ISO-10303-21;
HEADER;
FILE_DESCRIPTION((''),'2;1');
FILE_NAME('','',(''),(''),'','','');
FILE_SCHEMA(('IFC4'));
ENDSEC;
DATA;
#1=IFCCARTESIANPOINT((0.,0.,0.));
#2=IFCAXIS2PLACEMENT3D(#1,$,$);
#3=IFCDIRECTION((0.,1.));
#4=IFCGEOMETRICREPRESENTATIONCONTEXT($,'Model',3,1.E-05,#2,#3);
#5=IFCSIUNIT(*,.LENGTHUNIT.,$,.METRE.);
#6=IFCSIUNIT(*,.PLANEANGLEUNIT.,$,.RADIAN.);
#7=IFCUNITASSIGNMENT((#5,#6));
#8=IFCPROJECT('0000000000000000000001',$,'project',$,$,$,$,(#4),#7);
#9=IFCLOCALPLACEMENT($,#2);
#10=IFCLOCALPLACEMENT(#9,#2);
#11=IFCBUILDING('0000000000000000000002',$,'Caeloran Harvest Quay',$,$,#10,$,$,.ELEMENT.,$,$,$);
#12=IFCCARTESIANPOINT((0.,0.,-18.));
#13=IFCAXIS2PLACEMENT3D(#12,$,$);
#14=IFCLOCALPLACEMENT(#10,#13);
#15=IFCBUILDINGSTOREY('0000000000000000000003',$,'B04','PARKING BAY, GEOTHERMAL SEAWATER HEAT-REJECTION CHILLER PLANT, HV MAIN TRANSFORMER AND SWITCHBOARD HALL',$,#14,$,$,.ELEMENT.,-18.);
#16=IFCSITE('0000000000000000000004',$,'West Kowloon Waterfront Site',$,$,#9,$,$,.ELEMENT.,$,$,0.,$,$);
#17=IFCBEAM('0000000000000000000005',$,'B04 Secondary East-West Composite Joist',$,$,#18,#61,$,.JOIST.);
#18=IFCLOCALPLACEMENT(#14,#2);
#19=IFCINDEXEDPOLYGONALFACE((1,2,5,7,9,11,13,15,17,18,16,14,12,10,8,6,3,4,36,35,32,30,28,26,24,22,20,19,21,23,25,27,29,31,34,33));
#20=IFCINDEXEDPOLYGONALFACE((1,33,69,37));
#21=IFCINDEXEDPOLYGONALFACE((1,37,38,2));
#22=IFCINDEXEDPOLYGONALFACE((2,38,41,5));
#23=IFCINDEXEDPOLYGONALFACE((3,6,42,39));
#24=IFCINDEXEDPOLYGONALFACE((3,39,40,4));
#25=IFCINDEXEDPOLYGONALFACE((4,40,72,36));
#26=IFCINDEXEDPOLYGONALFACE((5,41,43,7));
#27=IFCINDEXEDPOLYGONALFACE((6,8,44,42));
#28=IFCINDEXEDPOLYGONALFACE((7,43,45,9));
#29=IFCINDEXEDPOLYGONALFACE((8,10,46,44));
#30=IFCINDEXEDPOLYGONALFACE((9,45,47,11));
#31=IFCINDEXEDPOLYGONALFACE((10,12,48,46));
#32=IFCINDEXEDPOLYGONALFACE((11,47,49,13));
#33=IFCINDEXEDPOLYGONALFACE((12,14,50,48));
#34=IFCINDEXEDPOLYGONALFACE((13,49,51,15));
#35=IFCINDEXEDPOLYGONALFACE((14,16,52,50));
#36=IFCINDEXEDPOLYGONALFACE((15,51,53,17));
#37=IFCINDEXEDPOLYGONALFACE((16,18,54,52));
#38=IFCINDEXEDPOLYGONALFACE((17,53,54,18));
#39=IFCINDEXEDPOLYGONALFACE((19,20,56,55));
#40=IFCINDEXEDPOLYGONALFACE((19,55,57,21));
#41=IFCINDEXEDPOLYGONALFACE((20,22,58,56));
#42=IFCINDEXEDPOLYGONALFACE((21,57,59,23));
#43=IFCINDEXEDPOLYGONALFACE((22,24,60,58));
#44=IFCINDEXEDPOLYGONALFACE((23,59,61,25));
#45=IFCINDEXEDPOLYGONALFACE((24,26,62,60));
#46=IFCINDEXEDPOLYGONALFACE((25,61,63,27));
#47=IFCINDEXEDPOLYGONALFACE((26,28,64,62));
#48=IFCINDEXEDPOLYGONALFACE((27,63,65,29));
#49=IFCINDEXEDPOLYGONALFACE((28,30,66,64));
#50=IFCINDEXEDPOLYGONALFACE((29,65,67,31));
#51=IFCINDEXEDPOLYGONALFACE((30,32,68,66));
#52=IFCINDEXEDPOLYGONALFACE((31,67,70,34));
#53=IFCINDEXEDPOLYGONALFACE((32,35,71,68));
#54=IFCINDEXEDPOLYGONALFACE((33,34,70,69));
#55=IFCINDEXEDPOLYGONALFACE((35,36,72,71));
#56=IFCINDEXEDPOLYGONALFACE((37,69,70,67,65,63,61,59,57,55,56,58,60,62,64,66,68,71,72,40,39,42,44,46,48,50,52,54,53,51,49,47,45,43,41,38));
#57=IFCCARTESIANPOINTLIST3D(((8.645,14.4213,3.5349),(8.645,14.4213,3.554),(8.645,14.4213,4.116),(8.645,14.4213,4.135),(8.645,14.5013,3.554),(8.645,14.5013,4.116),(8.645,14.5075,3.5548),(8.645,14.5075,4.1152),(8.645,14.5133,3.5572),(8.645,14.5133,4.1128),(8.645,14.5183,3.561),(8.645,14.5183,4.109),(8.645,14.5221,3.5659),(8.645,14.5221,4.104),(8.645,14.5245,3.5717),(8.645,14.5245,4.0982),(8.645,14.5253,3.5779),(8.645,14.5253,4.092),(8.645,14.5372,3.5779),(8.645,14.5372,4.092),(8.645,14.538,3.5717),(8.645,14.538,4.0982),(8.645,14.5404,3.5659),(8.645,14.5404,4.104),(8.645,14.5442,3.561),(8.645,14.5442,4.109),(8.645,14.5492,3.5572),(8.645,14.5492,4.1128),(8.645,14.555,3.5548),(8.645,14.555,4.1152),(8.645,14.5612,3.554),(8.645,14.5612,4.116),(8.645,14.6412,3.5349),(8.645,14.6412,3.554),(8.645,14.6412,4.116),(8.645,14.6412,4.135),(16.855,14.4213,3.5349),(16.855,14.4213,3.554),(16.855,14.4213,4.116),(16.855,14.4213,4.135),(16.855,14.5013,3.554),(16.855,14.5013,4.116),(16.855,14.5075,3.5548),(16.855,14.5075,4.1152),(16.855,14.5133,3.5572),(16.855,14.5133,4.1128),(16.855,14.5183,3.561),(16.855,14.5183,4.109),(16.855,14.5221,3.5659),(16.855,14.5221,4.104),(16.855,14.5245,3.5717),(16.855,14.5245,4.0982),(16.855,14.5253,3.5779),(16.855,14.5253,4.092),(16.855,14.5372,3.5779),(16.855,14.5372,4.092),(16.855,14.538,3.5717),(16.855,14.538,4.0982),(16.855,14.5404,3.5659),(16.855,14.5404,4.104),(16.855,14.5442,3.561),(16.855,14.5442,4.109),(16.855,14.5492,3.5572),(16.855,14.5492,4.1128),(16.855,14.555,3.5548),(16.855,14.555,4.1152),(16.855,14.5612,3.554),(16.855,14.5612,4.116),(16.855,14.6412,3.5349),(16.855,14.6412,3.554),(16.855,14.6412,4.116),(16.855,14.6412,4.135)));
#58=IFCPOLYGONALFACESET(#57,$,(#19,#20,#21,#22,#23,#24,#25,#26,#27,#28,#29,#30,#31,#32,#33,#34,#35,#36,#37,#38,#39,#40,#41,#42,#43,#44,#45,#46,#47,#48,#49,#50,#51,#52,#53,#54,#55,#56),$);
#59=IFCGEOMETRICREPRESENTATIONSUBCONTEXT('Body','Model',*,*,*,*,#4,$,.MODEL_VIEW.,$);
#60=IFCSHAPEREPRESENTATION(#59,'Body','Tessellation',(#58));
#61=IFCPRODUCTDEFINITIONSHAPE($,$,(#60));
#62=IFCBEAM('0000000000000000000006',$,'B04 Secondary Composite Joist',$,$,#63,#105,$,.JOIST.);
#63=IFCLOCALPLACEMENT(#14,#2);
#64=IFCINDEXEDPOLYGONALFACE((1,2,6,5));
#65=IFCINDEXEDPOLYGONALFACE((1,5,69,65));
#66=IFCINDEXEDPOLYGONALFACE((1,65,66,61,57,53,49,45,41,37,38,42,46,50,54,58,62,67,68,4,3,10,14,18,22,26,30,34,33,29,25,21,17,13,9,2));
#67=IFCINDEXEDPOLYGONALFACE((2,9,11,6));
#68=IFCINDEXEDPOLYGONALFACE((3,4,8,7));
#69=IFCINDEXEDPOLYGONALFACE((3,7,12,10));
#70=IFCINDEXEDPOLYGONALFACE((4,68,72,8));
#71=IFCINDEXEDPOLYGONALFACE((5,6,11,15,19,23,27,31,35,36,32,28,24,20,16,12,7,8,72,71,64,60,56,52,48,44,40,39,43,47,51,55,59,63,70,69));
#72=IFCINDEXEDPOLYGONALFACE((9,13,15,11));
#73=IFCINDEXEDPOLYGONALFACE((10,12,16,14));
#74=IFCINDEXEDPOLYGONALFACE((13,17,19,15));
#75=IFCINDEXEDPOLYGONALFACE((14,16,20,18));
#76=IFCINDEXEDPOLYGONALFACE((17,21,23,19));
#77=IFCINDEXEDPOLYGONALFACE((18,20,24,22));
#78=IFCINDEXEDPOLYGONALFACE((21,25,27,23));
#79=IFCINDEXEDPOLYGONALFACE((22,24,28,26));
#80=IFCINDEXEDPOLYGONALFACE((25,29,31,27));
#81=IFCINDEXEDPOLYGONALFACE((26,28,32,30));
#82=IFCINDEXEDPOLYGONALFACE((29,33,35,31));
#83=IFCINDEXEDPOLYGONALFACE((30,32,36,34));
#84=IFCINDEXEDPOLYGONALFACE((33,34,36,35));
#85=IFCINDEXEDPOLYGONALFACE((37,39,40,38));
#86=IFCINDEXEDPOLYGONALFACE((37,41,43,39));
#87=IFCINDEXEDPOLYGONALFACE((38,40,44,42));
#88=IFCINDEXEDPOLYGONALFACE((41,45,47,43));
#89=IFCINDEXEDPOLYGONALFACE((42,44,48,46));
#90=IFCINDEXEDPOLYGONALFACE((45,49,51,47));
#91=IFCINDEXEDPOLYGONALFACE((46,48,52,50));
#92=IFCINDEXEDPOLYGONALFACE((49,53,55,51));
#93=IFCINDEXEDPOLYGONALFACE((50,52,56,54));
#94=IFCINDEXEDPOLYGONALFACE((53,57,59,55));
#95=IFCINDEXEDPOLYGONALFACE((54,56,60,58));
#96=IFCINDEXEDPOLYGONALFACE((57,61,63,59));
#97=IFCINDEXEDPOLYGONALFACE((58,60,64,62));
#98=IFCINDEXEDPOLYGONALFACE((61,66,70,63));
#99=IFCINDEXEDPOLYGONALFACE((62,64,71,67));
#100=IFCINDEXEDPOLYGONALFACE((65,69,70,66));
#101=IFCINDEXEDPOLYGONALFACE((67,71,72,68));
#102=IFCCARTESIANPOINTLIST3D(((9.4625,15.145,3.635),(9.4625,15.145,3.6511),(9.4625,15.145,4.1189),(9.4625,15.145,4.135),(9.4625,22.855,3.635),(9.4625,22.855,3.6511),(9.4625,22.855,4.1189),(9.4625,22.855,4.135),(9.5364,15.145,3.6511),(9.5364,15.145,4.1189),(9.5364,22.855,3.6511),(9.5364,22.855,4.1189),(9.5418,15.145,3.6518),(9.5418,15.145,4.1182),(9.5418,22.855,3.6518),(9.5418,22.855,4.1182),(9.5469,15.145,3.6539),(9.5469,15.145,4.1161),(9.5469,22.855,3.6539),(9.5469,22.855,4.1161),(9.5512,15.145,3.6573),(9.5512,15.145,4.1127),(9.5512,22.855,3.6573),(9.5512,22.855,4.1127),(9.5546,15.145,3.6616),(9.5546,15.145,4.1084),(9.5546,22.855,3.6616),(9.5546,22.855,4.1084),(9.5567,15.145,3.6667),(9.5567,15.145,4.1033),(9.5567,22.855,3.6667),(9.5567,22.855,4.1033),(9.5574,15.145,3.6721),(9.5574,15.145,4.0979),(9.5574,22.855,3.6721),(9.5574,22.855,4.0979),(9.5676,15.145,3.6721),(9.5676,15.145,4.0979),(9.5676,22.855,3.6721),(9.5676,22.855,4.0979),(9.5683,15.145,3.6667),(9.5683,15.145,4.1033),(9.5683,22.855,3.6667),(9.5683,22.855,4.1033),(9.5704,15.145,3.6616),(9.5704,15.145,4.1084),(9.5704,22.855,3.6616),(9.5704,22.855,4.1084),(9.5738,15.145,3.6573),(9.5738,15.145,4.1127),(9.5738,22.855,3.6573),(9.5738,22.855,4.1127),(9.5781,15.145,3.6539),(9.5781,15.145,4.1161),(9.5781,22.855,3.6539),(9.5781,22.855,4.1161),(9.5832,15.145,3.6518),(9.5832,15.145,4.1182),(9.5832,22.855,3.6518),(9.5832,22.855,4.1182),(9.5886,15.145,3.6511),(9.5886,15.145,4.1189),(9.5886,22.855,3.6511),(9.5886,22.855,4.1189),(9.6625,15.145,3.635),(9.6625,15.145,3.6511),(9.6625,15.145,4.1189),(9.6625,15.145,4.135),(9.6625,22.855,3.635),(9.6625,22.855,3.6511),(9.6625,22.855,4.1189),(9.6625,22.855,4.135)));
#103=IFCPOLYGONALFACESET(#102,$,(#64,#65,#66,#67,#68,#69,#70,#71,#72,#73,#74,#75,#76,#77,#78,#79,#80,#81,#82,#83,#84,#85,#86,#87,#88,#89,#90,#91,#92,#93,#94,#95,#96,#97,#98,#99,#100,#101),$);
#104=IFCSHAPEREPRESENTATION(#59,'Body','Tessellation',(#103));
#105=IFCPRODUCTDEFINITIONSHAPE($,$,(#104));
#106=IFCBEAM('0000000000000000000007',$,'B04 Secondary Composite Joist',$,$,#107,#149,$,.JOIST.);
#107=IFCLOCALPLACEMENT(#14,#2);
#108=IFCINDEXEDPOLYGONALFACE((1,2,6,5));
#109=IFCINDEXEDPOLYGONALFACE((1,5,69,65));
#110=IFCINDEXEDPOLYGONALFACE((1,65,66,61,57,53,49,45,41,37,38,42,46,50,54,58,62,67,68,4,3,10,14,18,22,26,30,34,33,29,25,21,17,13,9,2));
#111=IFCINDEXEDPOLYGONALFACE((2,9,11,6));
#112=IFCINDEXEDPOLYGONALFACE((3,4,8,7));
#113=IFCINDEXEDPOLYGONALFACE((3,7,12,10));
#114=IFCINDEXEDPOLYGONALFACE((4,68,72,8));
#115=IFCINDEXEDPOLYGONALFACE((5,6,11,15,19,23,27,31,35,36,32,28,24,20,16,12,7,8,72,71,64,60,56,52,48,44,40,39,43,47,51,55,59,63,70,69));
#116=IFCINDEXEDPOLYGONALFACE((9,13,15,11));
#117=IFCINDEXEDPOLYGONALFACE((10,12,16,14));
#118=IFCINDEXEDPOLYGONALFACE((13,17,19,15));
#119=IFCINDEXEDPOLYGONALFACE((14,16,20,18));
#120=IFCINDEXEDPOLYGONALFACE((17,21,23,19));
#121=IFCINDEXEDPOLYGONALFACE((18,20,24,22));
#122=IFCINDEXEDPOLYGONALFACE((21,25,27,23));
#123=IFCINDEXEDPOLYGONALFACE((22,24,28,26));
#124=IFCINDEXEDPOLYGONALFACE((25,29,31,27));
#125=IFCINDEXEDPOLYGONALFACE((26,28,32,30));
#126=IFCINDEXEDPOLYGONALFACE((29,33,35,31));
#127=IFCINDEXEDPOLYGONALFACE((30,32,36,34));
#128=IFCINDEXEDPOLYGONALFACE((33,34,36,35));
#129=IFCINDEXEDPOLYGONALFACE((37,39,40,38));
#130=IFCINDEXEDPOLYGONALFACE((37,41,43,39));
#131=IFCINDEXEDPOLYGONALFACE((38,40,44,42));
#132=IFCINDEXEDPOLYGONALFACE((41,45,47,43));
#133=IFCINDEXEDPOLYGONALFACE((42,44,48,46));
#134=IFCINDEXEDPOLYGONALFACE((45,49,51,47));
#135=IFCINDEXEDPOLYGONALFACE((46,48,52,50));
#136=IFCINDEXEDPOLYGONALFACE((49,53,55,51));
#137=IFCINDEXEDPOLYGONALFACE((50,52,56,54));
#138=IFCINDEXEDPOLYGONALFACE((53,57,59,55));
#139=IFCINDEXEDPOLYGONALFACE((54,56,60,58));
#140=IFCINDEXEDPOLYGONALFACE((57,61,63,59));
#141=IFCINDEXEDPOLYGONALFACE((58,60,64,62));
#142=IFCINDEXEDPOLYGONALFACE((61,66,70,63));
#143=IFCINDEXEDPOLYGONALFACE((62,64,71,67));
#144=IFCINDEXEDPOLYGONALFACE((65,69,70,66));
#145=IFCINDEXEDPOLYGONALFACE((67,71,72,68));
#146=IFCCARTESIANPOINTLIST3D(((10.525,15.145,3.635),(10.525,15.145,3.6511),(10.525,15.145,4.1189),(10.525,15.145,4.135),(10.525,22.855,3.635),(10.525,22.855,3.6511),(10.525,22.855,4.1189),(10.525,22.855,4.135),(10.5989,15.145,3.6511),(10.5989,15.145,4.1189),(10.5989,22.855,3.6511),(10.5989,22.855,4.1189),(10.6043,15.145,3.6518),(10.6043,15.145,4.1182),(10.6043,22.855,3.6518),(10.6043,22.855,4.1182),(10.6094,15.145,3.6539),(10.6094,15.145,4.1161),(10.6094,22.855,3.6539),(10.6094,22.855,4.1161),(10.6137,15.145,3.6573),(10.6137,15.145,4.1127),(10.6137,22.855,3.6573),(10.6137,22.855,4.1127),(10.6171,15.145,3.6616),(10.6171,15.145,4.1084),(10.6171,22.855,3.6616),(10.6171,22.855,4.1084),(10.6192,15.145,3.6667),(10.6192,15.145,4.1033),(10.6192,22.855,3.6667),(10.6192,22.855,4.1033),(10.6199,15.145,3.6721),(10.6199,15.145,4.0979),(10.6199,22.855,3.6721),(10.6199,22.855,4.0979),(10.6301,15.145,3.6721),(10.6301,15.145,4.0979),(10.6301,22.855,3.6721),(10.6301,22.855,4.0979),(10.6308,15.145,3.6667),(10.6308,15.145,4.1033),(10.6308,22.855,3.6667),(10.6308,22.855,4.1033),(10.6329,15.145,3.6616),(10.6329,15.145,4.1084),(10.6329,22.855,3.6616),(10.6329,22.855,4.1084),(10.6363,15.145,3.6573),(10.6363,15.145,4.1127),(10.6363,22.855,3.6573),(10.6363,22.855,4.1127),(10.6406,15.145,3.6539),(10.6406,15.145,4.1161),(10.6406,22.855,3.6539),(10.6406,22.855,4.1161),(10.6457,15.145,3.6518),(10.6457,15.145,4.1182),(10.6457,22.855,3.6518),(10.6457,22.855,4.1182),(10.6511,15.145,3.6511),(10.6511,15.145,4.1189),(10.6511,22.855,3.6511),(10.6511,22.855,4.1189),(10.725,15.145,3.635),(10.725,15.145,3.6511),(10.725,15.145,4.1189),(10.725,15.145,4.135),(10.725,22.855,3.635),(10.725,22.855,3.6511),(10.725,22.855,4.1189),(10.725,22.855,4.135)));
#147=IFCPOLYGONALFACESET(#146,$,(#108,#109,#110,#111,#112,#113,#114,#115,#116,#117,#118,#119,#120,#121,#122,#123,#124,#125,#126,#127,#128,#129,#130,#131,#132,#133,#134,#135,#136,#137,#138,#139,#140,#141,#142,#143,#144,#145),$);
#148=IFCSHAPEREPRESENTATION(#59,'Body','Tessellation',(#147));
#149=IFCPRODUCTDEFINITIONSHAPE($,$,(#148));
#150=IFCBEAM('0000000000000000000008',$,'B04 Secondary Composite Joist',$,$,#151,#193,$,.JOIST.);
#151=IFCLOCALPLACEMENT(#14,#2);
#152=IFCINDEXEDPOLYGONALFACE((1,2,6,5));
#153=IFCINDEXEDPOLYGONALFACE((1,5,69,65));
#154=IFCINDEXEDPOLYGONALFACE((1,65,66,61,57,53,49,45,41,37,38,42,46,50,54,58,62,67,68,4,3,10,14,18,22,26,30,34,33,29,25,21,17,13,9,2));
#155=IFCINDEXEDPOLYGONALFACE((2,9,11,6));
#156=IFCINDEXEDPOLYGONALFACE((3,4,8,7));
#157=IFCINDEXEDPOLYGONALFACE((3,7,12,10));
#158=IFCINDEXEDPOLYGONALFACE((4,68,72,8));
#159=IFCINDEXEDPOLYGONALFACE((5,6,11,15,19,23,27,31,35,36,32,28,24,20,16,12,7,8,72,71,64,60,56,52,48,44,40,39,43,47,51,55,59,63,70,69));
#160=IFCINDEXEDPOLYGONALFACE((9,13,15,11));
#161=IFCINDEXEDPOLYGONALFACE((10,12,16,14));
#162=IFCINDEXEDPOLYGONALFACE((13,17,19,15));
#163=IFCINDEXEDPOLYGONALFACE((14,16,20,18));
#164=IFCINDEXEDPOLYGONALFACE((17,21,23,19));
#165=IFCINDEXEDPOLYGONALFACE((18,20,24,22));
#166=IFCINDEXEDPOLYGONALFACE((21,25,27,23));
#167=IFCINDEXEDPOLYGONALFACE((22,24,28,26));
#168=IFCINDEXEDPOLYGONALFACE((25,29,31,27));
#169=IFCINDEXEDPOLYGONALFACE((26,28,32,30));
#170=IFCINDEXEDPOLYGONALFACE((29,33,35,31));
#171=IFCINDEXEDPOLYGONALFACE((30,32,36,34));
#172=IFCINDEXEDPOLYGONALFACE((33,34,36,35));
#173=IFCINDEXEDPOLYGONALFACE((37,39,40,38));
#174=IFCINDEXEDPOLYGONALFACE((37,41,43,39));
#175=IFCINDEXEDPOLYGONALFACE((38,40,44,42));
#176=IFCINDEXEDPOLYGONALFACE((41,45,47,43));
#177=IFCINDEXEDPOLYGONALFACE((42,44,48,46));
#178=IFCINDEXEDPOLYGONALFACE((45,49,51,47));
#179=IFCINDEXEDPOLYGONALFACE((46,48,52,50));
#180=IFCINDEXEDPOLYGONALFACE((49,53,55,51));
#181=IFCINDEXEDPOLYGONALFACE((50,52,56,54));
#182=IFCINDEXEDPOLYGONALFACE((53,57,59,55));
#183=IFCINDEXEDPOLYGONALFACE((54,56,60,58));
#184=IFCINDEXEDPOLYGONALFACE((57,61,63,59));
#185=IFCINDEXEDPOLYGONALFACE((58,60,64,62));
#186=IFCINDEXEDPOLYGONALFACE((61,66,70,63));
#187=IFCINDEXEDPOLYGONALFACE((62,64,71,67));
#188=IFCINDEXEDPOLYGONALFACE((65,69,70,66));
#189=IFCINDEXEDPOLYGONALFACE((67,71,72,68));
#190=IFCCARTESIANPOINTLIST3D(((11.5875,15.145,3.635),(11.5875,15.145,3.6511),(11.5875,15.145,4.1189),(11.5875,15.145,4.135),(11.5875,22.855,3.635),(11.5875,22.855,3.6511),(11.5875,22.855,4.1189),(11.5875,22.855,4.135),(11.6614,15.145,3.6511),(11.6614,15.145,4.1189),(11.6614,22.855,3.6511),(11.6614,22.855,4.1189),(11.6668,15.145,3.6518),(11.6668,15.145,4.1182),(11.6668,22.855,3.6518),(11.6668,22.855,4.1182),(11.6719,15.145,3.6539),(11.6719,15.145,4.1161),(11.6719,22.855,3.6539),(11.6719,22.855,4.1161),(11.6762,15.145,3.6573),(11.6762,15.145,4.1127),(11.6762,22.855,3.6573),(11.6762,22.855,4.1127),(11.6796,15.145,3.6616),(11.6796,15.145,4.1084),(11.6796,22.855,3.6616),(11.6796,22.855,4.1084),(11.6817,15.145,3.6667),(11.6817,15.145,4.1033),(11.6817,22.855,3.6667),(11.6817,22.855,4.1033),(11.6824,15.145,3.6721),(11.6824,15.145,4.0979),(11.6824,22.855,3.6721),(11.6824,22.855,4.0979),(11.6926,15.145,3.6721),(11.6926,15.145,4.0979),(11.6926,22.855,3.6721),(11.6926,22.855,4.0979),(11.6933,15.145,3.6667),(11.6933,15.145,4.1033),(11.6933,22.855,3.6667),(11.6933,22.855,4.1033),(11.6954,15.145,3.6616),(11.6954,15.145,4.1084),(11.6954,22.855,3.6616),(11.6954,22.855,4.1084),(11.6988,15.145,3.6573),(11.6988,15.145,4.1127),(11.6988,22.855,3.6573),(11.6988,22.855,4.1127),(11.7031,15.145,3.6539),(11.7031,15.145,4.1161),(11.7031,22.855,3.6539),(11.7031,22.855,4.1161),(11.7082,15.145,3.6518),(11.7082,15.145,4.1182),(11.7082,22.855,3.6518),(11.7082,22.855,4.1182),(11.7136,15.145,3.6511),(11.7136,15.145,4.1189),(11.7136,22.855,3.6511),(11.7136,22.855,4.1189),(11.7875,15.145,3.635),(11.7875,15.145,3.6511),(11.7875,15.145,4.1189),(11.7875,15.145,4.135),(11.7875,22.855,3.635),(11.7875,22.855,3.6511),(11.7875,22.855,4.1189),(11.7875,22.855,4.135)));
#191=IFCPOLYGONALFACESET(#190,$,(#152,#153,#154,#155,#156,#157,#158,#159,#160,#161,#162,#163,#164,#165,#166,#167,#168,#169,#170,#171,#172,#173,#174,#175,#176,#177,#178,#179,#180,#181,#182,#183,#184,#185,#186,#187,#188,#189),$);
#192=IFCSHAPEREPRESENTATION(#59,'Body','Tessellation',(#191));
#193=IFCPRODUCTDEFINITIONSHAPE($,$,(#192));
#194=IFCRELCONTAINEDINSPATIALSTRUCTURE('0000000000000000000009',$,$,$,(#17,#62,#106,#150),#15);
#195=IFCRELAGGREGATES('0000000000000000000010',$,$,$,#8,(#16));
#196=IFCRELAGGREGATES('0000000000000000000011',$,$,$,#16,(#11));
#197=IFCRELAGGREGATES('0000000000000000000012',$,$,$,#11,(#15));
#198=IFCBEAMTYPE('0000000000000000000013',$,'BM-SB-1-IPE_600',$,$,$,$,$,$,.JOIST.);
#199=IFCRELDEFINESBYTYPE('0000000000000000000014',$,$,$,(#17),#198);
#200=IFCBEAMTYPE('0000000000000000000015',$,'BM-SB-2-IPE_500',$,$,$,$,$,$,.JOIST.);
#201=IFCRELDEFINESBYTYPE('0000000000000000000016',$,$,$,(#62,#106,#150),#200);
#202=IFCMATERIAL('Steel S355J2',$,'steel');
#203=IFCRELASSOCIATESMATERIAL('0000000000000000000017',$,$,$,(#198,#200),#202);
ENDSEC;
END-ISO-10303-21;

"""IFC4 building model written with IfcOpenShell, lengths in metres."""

from ifc_helpers import new_model, si_unit, direction, frame, origin, origin_2d, place, context, subcontext, project, spatial, i_section, extrude, material, material_profile, profile_set, type_object, element, save


model = new_model("IFC4")

# Units and contexts
model_context = context("Model", 3, precision=1e-05, world=origin(), true_north=direction((0.0, 1.0)))
body_context = subcontext(model_context, "Body", "Model", "MODEL_VIEW")
ifc_project = project(units=[si_unit("LENGTHUNIT", "METRE"), si_unit("PLANEANGLEUNIT", "RADIAN")], contexts=[model_context])

# Site, building, storey
site_placement = place(None, origin())
site = spatial("IfcSite", under=ifc_project, at=site_placement, Name="West Kowloon Waterfront Site", CompositionType="ELEMENT", RefElevation=0.0)
building_placement = place(site_placement, origin())
building = spatial("IfcBuilding", under=site, at=building_placement, Name="Caeloran Harvest Quay", CompositionType="ELEMENT")
storey_placement = place(building_placement, frame((0.0, 0.0, -18.0)))
storey = spatial("IfcBuildingStorey", under=building, at=storey_placement, Name="B04", Description="PARKING BAY, GEOTHERMAL SEAWATER HEAT-REJECTION CHILLER PLANT, HV MAIN TRANSFORMER AND SWITCHBOARD HALL", CompositionType="ELEMENT", Elevation=-18.0)

# Beams
ifc_material_1 = material(Name="Steel S355J2", Category="steel")
ifc_material_profile_1 = material_profile(ifc_material_1, i_section(OverallWidth=0.22, OverallDepth=0.6001, WebThickness=0.012, FlangeThickness=0.019, FilletRadius=0.0239, at=origin_2d()), Name="IPE 600")
ifc_profile_set_1 = profile_set([ifc_material_profile_1], Name="Steel S355J2")
beam_type_1 = type_object("IfcBeamType", Name="BM-SB-1-IPE_600", PredefinedType="JOIST", material=ifc_profile_set_1)
for number, where, z_axis, x_axis, name in (
    (1, (8.645, 14.5312, 3.835), (1.0, 0.0, 0.0), (0.0, 1.0, 0.0), "B04 Secondary East-West Composite Joist"),
):
    element("IfcBeam", number, at=place(storey_placement, frame(where, z_axis=z_axis, x_axis=x_axis)), inside=storey, type_object=beam_type_1, Name=name, PredefinedType="JOIST", context=body_context, shape_type="SweptSolid", body=[
        extrude(i_section(OverallWidth=0.22, OverallDepth=0.6001, WebThickness=0.012, FlangeThickness=0.019, FilletRadius=0.0239, at=origin_2d()), origin(), (0.0, 0.0, 1.0), 8.21),
    ])
ifc_material_profile_2 = material_profile(ifc_material_1, i_section(OverallWidth=0.2, OverallDepth=0.5, WebThickness=0.0103, FlangeThickness=0.0161, FilletRadius=0.021, at=origin_2d()), Name="IPE 500")
ifc_profile_set_2 = profile_set([ifc_material_profile_2], Name="Steel S355J2")
beam_type_2 = type_object("IfcBeamType", Name="BM-SB-2-IPE_500", PredefinedType="JOIST", material=ifc_profile_set_2)
for number, where, z_axis, x_axis, name in (
    (2, (9.5625, 15.145, 3.885), (0.0, 1.0, 0.0), (-1.0, 0.0, 0.0), "B04 Secondary Composite Joist"),
    (3, (10.625, 15.145, 3.885), (0.0, 1.0, 0.0), (-1.0, 0.0, 0.0), "B04 Secondary Composite Joist"),
    (4, (11.6875, 15.145, 3.885), (0.0, 1.0, 0.0), (-1.0, 0.0, 0.0), "B04 Secondary Composite Joist"),
):
    element("IfcBeam", number, at=place(storey_placement, frame(where, z_axis=z_axis, x_axis=x_axis)), inside=storey, type_object=beam_type_2, Name=name, PredefinedType="JOIST", context=body_context, shape_type="SweptSolid", body=[
        extrude(i_section(OverallWidth=0.2, OverallDepth=0.5, WebThickness=0.0103, FlangeThickness=0.0161, FilletRadius=0.021, at=origin_2d()), origin(), (0.0, 0.0, 1.0), 7.71),
    ])

save(model, "model.ifc")
